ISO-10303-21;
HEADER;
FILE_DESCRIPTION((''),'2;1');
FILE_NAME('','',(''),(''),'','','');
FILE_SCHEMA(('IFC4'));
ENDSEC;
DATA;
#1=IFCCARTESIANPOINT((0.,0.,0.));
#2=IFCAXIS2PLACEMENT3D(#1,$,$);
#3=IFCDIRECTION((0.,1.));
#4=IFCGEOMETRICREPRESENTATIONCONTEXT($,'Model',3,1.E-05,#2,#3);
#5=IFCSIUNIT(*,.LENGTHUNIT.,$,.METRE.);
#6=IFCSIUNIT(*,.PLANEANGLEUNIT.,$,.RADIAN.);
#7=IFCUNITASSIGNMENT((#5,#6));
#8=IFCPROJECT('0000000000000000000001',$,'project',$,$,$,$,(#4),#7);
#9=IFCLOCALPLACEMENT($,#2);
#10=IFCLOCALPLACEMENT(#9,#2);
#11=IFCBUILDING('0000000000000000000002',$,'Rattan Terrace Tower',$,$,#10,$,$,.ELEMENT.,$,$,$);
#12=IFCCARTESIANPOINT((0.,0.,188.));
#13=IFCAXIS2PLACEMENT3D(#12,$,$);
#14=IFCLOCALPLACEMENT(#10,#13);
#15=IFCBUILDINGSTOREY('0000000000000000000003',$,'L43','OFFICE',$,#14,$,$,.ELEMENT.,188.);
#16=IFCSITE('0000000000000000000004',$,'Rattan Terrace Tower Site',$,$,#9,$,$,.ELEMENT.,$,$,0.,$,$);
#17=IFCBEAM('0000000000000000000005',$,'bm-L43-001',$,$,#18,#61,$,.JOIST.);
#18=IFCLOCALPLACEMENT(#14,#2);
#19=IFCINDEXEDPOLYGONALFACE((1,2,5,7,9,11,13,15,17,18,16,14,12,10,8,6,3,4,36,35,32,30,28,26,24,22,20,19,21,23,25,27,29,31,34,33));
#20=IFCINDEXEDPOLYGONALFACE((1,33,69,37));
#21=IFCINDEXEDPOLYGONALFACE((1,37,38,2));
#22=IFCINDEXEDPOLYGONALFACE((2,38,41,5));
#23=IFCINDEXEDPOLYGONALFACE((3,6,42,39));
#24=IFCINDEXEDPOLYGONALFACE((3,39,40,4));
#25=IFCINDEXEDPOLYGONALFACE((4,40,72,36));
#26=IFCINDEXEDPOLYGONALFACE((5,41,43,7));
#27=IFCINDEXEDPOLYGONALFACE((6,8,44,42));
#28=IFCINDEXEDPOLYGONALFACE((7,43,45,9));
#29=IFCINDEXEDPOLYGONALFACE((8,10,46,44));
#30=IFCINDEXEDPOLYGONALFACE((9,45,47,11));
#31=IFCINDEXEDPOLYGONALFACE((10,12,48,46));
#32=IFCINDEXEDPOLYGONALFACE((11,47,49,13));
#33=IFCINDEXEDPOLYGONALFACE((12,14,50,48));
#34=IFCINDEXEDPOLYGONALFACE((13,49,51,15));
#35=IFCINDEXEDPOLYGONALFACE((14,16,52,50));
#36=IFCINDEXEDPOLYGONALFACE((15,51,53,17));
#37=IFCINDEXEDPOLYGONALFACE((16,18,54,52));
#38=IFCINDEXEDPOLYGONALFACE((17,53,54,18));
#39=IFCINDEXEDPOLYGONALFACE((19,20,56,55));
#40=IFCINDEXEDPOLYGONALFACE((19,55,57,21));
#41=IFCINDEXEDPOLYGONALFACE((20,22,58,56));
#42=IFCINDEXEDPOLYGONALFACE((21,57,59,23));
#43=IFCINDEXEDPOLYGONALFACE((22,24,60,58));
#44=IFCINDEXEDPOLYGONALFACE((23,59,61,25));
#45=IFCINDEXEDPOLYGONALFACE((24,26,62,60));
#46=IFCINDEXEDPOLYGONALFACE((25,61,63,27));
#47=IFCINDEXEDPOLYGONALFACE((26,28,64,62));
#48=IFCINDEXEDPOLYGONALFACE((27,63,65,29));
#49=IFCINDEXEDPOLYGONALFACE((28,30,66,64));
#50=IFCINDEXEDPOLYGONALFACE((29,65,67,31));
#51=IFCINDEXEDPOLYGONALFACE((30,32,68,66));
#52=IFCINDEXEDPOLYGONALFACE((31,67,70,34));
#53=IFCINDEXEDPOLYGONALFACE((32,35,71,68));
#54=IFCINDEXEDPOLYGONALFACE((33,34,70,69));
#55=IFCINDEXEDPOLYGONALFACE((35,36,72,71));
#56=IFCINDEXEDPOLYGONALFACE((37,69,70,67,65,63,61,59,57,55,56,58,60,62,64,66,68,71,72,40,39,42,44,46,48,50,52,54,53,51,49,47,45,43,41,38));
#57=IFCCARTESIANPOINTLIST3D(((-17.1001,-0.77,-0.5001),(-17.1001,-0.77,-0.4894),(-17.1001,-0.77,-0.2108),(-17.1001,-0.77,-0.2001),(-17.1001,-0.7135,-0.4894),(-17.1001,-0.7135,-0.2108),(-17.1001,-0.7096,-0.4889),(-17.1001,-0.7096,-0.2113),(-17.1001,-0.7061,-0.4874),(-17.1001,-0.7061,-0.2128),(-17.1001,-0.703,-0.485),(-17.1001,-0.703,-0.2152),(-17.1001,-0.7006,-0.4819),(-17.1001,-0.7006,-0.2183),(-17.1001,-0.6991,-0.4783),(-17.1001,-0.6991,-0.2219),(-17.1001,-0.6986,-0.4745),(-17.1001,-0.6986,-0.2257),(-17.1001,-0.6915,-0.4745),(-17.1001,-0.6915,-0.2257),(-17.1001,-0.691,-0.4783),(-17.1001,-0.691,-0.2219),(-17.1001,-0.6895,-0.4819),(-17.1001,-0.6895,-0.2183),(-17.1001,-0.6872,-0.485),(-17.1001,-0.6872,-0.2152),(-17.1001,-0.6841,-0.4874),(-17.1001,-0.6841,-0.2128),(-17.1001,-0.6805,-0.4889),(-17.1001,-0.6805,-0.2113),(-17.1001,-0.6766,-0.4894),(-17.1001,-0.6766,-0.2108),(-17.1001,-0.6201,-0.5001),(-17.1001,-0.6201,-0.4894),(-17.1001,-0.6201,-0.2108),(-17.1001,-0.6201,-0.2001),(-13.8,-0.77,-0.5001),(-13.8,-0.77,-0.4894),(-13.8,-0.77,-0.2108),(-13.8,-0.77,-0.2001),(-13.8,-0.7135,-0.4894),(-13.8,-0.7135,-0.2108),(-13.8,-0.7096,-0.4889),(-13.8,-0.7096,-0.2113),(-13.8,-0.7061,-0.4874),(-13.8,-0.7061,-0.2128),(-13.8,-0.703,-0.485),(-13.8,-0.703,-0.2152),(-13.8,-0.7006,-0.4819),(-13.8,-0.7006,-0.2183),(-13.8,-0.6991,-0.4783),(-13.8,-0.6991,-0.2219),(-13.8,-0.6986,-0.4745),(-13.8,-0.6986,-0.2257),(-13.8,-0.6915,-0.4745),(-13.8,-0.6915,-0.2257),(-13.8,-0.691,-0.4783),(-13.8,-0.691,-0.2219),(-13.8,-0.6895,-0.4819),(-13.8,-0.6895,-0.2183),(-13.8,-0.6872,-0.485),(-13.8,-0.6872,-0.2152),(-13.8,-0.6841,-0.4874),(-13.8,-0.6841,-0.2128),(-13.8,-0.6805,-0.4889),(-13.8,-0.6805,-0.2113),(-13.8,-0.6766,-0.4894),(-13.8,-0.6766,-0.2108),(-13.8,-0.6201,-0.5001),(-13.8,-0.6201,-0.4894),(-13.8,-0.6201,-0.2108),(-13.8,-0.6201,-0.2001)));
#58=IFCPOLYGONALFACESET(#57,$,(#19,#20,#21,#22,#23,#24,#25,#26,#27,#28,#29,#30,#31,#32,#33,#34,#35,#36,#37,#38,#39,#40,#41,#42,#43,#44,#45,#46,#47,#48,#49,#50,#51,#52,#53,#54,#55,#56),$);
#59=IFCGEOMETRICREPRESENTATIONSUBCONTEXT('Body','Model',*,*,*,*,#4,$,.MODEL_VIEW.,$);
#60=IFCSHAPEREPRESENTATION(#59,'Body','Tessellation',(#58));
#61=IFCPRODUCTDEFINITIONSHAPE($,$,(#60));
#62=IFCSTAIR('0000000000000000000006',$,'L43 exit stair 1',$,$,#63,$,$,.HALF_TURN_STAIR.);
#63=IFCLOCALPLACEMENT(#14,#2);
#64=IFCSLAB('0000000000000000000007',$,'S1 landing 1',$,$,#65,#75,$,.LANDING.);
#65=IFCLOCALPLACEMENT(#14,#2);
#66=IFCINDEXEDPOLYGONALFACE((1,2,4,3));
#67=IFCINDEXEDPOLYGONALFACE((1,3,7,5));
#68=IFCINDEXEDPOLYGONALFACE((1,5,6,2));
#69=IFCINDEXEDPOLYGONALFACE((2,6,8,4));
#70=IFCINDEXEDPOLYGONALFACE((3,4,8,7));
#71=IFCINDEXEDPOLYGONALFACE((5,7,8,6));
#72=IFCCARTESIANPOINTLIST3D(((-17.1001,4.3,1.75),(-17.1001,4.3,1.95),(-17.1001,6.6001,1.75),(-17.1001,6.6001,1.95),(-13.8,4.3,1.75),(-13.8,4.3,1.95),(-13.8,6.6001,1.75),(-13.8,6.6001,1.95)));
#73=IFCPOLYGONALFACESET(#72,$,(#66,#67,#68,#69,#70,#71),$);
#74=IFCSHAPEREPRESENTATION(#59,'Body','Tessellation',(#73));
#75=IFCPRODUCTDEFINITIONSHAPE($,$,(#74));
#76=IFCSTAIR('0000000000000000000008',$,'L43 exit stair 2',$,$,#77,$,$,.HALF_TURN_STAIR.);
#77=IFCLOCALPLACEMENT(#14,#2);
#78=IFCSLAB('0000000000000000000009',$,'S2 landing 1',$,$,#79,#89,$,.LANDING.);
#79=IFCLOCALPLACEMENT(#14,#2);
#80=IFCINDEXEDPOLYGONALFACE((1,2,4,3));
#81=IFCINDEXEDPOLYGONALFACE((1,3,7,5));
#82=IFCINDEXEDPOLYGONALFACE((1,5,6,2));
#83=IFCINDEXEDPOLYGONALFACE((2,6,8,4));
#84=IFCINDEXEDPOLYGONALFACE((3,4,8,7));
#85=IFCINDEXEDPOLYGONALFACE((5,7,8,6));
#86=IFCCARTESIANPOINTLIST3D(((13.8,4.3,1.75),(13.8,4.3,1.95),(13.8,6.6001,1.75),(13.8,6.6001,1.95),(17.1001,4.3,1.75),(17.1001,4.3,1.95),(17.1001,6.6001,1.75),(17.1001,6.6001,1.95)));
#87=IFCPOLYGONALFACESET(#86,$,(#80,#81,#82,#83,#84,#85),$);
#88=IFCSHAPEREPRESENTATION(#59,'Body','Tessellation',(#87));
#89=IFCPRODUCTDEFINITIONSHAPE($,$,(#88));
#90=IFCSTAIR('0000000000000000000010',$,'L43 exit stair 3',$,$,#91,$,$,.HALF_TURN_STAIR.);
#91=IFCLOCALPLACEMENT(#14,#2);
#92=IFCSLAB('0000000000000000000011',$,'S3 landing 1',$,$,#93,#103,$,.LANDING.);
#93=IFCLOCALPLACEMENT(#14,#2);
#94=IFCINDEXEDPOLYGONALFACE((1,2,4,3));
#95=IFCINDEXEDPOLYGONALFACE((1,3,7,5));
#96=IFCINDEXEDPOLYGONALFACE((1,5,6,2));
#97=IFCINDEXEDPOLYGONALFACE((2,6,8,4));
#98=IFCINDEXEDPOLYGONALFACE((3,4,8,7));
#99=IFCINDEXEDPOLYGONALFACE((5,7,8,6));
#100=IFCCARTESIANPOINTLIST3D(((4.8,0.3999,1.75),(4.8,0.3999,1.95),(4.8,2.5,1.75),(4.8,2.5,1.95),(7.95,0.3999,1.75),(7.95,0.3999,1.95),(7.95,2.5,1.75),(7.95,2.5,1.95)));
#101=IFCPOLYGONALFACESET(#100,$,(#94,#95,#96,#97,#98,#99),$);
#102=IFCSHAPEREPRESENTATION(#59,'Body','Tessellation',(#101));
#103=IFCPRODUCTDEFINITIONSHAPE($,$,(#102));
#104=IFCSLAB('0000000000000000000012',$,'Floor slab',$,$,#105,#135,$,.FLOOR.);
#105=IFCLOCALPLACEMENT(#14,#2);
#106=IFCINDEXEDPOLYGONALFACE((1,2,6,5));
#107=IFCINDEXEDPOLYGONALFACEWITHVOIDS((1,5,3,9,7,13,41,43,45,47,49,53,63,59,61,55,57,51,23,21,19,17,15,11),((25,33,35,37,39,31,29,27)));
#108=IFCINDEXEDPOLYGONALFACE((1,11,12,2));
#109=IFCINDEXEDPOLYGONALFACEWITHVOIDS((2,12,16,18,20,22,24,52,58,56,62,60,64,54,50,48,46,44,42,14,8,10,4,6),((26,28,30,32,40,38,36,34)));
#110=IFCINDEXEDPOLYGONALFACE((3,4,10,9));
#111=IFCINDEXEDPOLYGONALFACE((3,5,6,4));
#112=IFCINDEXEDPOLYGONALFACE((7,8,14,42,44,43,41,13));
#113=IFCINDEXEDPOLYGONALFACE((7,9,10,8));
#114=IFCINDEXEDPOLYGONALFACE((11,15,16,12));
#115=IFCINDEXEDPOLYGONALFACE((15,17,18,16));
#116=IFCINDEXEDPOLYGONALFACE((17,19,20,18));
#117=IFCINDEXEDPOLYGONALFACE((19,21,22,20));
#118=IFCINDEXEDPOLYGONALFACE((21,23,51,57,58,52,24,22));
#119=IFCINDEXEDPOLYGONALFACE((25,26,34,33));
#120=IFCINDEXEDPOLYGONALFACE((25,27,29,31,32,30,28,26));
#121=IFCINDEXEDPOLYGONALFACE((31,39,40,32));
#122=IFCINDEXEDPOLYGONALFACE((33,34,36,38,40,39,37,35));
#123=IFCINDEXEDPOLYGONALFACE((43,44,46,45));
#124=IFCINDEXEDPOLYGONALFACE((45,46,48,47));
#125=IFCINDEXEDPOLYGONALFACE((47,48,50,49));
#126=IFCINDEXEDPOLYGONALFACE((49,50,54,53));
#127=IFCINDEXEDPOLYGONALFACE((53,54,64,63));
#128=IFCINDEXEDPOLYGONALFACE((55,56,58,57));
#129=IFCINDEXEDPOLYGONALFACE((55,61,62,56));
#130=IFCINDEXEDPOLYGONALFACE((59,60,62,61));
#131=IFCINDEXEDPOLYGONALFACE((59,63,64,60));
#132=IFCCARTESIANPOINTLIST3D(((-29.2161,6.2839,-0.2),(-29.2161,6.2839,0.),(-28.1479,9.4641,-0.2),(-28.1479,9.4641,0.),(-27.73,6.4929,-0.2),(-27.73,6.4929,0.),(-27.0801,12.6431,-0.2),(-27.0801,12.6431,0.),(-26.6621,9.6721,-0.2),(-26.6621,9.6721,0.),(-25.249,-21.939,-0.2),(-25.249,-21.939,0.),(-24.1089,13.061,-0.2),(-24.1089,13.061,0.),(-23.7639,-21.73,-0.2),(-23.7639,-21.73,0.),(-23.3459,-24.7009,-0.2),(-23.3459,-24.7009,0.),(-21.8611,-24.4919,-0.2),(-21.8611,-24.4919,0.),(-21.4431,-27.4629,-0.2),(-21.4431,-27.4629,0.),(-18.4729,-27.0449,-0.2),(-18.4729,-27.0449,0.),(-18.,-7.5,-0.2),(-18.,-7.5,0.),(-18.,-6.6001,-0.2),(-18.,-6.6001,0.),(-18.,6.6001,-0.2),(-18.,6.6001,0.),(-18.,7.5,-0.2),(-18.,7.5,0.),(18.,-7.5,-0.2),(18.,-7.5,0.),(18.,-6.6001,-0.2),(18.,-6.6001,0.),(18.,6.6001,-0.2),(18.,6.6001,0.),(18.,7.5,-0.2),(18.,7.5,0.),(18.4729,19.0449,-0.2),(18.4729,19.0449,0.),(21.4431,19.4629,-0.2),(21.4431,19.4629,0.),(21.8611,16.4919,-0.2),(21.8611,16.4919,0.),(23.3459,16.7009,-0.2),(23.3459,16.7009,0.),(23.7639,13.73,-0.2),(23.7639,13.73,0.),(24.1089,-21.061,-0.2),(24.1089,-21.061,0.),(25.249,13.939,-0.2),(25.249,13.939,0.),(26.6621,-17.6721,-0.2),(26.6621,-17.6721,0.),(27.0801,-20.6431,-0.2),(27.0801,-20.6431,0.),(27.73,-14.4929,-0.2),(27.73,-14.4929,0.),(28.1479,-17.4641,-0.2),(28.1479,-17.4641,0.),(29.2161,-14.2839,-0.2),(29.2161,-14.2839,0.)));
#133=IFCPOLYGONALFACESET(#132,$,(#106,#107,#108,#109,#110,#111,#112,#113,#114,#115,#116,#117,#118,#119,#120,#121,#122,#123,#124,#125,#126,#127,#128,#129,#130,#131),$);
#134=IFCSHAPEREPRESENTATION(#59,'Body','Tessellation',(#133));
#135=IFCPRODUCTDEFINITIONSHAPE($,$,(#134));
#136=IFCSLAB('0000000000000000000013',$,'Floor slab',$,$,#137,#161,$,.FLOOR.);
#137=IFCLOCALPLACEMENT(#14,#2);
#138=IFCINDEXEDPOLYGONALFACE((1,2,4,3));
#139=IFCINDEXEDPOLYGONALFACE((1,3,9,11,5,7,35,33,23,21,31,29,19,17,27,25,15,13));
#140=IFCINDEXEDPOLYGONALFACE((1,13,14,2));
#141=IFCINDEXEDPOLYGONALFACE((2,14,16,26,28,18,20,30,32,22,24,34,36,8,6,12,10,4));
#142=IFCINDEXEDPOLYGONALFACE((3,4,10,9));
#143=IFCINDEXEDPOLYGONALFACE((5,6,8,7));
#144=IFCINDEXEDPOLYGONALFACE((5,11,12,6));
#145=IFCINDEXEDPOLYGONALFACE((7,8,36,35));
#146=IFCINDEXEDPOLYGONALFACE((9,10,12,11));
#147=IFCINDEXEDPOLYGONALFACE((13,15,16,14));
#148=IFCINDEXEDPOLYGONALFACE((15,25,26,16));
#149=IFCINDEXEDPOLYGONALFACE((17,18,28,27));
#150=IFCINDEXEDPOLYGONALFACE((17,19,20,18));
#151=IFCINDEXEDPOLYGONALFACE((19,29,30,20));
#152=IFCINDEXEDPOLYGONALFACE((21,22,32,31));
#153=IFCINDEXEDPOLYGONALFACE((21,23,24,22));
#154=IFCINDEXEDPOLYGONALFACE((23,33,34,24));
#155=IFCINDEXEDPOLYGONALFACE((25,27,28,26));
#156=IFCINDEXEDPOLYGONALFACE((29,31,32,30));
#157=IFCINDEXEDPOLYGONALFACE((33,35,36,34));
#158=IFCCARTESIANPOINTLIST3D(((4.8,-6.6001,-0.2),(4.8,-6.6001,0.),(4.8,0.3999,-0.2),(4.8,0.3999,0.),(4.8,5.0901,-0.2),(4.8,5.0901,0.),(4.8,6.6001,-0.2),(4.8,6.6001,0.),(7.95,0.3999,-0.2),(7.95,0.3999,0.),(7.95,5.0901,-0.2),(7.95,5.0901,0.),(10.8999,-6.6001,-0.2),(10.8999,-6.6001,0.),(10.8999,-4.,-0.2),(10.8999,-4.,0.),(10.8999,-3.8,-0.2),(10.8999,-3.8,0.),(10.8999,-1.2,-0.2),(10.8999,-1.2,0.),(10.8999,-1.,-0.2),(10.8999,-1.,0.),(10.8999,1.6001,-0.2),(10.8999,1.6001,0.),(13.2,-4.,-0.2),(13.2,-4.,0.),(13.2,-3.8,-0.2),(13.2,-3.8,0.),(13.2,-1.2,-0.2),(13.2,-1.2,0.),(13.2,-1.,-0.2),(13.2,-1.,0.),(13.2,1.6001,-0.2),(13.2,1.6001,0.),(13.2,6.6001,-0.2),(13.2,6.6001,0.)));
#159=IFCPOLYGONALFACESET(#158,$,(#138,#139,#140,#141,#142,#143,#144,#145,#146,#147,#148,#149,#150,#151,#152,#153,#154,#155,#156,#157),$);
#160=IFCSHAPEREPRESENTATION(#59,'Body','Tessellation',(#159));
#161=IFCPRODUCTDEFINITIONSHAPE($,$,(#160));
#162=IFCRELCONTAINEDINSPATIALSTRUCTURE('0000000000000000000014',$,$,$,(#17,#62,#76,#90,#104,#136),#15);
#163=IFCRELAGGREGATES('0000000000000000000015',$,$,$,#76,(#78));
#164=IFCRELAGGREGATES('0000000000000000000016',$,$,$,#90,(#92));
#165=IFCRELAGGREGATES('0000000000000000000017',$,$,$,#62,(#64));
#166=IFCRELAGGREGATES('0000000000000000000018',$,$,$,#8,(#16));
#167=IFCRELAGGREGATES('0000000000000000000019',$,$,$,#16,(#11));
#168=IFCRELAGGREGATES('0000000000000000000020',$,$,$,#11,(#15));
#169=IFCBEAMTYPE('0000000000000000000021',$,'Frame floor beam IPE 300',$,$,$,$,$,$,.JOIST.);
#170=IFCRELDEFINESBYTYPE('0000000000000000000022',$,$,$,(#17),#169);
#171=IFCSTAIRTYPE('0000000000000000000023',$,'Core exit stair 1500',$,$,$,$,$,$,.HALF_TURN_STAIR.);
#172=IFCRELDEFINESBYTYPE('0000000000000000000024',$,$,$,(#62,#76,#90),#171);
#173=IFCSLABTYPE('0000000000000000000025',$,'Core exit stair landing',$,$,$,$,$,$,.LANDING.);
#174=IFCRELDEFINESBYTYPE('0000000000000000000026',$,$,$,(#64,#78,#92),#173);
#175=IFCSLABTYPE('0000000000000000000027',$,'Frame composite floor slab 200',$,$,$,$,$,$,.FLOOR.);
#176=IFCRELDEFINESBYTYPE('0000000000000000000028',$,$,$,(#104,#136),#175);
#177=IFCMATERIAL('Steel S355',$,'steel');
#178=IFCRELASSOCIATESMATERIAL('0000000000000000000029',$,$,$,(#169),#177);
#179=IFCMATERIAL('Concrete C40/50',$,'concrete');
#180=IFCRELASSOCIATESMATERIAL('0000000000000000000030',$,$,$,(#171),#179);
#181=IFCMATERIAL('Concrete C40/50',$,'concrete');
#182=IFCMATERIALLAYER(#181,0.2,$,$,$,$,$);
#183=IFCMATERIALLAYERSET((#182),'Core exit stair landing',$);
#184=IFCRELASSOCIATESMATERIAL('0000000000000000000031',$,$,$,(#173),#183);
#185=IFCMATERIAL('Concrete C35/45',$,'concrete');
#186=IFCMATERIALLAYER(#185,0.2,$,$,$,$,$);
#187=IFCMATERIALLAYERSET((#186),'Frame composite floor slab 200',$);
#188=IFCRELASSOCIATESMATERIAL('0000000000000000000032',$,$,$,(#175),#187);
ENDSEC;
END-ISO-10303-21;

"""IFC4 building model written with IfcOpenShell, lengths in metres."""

from ifc_helpers import new_model, si_unit, direction, frame, origin, origin_2d, place, context, subcontext, project, spatial, polyline, i_section, outline, extrude, material, layer, layer_set, material_profile, profile_set, type_object, element, aggregate, save


model = new_model("IFC4")

# Units and contexts
model_context = context("Model", 3, precision=1e-05, world=origin(), true_north=direction((0.0, 1.0)))
body_context = subcontext(model_context, "Body", "Model", "MODEL_VIEW")
ifc_project = project(units=[si_unit("LENGTHUNIT", "METRE"), si_unit("PLANEANGLEUNIT", "RADIAN")], contexts=[model_context])

# Site, building, storey
site_placement = place(None, origin())
site = spatial("IfcSite", under=ifc_project, at=site_placement, Name="Rattan Terrace Tower Site", CompositionType="ELEMENT", RefElevation=0.0)
building_placement = place(site_placement, origin())
building = spatial("IfcBuilding", under=site, at=building_placement, Name="Rattan Terrace Tower", CompositionType="ELEMENT")
storey_placement = place(building_placement, frame((0.0, 0.0, 188.0)))
storey = spatial("IfcBuildingStorey", under=building, at=storey_placement, Name="L43", Description="OFFICE", CompositionType="ELEMENT", Elevation=188.0)

# Beam
ifc_material_1 = material(Name="Steel S355", Category="steel")
ifc_material_profile = material_profile(ifc_material_1, i_section(OverallWidth=0.1499, OverallDepth=0.3, WebThickness=0.0071, FlangeThickness=0.0107, FilletRadius=0.0149, at=origin_2d()), Name="IPE 300")
ifc_profile_set = profile_set([ifc_material_profile], Name="Steel S355")
beam_type = type_object("IfcBeamType", Name="Frame floor beam IPE 300", PredefinedType="JOIST", material=ifc_profile_set)
beam_placement = place(storey_placement, frame((-17.1001, -0.6951, -0.3501), z_axis=(1.0, 0.0, 0.0), x_axis=(0.0, 1.0, 0.0)))
element("IfcBeam", 1, at=beam_placement, inside=storey, type_object=beam_type, Name="bm-L43-001", PredefinedType="JOIST", context=body_context, shape_type="SweptSolid", body=[
    extrude(i_section(OverallWidth=0.1499, OverallDepth=0.3, WebThickness=0.0071, FlangeThickness=0.0107, FilletRadius=0.0149, at=origin_2d()), origin(), (0.0, 0.0, 1.0), 3.3),
])

# Stairs, slabs
ifc_material_2 = material(Name="Concrete C40/50", Category="concrete")
stair_type = type_object("IfcStairType", Name="Core exit stair 1500", PredefinedType="HALF_TURN_STAIR", material=ifc_material_2)
stair_1_placement = place(storey_placement, origin())
stair_1 = element("IfcStair", 2, at=stair_1_placement, inside=storey, type_object=stair_type, Name="L43 exit stair 1", PredefinedType="HALF_TURN_STAIR")
ifc_material_3 = material(Name="Concrete C40/50", Category="concrete")
ifc_layer_1 = layer(ifc_material_3, 0.2)
ifc_layer_set_1 = layer_set([ifc_layer_1], Name="Core exit stair landing")
slab_type_1 = type_object("IfcSlabType", Name="Core exit stair landing", PredefinedType="LANDING", material=ifc_layer_set_1)
slab_1_placement = place(storey_placement, frame((0.0, 0.0, 1.75)))
slab_1 = element("IfcSlab", 3, at=slab_1_placement, type_object=slab_type_1, Name="S1 landing 1", PredefinedType="LANDING", context=body_context, shape_type="SweptSolid", body=[
    extrude(outline(polyline([(-13.8, 4.3), (-13.8, 6.6001), (-17.1001, 6.6001), (-17.1001, 4.3), (-13.8, 4.3)])), origin(), (0.0, 0.0, 1.0), 0.2),
])
stair_2_placement = place(storey_placement, origin())
stair_2 = element("IfcStair", 4, at=stair_2_placement, inside=storey, type_object=stair_type, Name="L43 exit stair 2", PredefinedType="HALF_TURN_STAIR")
slab_2_placement = place(storey_placement, frame((0.0, 0.0, 1.75)))
slab_2 = element("IfcSlab", 5, at=slab_2_placement, type_object=slab_type_1, Name="S2 landing 1", PredefinedType="LANDING", context=body_context, shape_type="SweptSolid", body=[
    extrude(outline(polyline([(17.1001, 4.3), (17.1001, 6.6001), (13.8, 6.6001), (13.8, 4.3), (17.1001, 4.3)])), origin(), (0.0, 0.0, 1.0), 0.2),
])
aggregate(stair_2, [slab_2])
stair_3_placement = place(storey_placement, origin())
stair_3 = element("IfcStair", 6, at=stair_3_placement, inside=storey, type_object=stair_type, Name="L43 exit stair 3", PredefinedType="HALF_TURN_STAIR")
slab_3_placement = place(storey_placement, frame((0.0, 0.0, 1.75)))
slab_3 = element("IfcSlab", 7, at=slab_3_placement, type_object=slab_type_1, Name="S3 landing 1", PredefinedType="LANDING", context=body_context, shape_type="SweptSolid", body=[
    extrude(outline(polyline([(4.8, 2.5), (4.8, 0.3999), (7.95, 0.3999), (7.95, 2.5), (4.8, 2.5)])), origin(), (0.0, 0.0, 1.0), 0.2),
])
aggregate(stair_3, [slab_3])

# Slabs
ifc_material_4 = material(Name="Concrete C35/45", Category="concrete")
ifc_layer_2 = layer(ifc_material_4, 0.2)
ifc_layer_set_2 = layer_set([ifc_layer_2], Name="Frame composite floor slab 200")
slab_type_2 = type_object("IfcSlabType", Name="Frame composite floor slab 200", PredefinedType="FLOOR", material=ifc_layer_set_2)
slab_4_placement = place(storey_placement, frame((0.0, 0.0, -0.2)))
element("IfcSlab", 8, at=slab_4_placement, inside=storey, type_object=slab_type_2, Name="Floor slab", PredefinedType="FLOOR", context=body_context, shape_type="SweptSolid", body=[
    extrude(outline(polyline([(-18.4729, -27.0449), (24.1089, -21.061), (27.0801, -20.6431), (26.6621, -17.6721), (28.1479, -17.4641), (27.73, -14.4929), (29.2161, -14.2839), (25.249, 13.939), (23.7639, 13.73), (23.3459, 16.7009), (21.8611, 16.4919), (21.4431, 19.4629), (18.4729, 19.0449), (-24.1089, 13.061), (-27.0801, 12.6431), (-26.6621, 9.6721), (-28.1479, 9.4641), (-27.73, 6.4929), (-29.2161, 6.2839), (-25.249, -21.939), (-23.7639, -21.73), (-23.3459, -24.7009), (-21.8611, -24.4919), (-21.4431, -27.4629), (-18.4729, -27.0449)]), holes=[polyline([(-18.0, -7.5), (18.0, -7.5), (18.0, -6.6001), (18.0, 6.6001), (18.0, 7.5), (-18.0, 7.5), (-18.0, 6.6001), (-18.0, -6.6001), (-18.0, -7.5)])]), origin(), (0.0, 0.0, 1.0), 0.2),
])
slab_5_placement = place(storey_placement, frame((0.0, 0.0, -0.2)))
element("IfcSlab", 9, at=slab_5_placement, inside=storey, type_object=slab_type_2, Name="Floor slab", PredefinedType="FLOOR", context=body_context, shape_type="SweptSolid", body=[
    extrude(outline(polyline([(13.2, 6.6001), (4.8, 6.6001), (4.8, 5.0901), (7.95, 5.0901), (7.95, 0.3999), (4.8, 0.3999), (4.8, -6.6001), (10.8999, -6.6001), (10.8999, -4.0), (13.2, -4.0), (13.2, -3.8), (10.8999, -3.8), (10.8999, -1.2), (13.2, -1.2), (13.2, -1.0), (10.8999, -1.0), (10.8999, 1.6001), (13.2, 1.6001), (13.2, 6.6001)])), origin(), (0.0, 0.0, 1.0), 0.2),
])

aggregate(stair_1, [slab_1])

save(model, "model.ifc")
